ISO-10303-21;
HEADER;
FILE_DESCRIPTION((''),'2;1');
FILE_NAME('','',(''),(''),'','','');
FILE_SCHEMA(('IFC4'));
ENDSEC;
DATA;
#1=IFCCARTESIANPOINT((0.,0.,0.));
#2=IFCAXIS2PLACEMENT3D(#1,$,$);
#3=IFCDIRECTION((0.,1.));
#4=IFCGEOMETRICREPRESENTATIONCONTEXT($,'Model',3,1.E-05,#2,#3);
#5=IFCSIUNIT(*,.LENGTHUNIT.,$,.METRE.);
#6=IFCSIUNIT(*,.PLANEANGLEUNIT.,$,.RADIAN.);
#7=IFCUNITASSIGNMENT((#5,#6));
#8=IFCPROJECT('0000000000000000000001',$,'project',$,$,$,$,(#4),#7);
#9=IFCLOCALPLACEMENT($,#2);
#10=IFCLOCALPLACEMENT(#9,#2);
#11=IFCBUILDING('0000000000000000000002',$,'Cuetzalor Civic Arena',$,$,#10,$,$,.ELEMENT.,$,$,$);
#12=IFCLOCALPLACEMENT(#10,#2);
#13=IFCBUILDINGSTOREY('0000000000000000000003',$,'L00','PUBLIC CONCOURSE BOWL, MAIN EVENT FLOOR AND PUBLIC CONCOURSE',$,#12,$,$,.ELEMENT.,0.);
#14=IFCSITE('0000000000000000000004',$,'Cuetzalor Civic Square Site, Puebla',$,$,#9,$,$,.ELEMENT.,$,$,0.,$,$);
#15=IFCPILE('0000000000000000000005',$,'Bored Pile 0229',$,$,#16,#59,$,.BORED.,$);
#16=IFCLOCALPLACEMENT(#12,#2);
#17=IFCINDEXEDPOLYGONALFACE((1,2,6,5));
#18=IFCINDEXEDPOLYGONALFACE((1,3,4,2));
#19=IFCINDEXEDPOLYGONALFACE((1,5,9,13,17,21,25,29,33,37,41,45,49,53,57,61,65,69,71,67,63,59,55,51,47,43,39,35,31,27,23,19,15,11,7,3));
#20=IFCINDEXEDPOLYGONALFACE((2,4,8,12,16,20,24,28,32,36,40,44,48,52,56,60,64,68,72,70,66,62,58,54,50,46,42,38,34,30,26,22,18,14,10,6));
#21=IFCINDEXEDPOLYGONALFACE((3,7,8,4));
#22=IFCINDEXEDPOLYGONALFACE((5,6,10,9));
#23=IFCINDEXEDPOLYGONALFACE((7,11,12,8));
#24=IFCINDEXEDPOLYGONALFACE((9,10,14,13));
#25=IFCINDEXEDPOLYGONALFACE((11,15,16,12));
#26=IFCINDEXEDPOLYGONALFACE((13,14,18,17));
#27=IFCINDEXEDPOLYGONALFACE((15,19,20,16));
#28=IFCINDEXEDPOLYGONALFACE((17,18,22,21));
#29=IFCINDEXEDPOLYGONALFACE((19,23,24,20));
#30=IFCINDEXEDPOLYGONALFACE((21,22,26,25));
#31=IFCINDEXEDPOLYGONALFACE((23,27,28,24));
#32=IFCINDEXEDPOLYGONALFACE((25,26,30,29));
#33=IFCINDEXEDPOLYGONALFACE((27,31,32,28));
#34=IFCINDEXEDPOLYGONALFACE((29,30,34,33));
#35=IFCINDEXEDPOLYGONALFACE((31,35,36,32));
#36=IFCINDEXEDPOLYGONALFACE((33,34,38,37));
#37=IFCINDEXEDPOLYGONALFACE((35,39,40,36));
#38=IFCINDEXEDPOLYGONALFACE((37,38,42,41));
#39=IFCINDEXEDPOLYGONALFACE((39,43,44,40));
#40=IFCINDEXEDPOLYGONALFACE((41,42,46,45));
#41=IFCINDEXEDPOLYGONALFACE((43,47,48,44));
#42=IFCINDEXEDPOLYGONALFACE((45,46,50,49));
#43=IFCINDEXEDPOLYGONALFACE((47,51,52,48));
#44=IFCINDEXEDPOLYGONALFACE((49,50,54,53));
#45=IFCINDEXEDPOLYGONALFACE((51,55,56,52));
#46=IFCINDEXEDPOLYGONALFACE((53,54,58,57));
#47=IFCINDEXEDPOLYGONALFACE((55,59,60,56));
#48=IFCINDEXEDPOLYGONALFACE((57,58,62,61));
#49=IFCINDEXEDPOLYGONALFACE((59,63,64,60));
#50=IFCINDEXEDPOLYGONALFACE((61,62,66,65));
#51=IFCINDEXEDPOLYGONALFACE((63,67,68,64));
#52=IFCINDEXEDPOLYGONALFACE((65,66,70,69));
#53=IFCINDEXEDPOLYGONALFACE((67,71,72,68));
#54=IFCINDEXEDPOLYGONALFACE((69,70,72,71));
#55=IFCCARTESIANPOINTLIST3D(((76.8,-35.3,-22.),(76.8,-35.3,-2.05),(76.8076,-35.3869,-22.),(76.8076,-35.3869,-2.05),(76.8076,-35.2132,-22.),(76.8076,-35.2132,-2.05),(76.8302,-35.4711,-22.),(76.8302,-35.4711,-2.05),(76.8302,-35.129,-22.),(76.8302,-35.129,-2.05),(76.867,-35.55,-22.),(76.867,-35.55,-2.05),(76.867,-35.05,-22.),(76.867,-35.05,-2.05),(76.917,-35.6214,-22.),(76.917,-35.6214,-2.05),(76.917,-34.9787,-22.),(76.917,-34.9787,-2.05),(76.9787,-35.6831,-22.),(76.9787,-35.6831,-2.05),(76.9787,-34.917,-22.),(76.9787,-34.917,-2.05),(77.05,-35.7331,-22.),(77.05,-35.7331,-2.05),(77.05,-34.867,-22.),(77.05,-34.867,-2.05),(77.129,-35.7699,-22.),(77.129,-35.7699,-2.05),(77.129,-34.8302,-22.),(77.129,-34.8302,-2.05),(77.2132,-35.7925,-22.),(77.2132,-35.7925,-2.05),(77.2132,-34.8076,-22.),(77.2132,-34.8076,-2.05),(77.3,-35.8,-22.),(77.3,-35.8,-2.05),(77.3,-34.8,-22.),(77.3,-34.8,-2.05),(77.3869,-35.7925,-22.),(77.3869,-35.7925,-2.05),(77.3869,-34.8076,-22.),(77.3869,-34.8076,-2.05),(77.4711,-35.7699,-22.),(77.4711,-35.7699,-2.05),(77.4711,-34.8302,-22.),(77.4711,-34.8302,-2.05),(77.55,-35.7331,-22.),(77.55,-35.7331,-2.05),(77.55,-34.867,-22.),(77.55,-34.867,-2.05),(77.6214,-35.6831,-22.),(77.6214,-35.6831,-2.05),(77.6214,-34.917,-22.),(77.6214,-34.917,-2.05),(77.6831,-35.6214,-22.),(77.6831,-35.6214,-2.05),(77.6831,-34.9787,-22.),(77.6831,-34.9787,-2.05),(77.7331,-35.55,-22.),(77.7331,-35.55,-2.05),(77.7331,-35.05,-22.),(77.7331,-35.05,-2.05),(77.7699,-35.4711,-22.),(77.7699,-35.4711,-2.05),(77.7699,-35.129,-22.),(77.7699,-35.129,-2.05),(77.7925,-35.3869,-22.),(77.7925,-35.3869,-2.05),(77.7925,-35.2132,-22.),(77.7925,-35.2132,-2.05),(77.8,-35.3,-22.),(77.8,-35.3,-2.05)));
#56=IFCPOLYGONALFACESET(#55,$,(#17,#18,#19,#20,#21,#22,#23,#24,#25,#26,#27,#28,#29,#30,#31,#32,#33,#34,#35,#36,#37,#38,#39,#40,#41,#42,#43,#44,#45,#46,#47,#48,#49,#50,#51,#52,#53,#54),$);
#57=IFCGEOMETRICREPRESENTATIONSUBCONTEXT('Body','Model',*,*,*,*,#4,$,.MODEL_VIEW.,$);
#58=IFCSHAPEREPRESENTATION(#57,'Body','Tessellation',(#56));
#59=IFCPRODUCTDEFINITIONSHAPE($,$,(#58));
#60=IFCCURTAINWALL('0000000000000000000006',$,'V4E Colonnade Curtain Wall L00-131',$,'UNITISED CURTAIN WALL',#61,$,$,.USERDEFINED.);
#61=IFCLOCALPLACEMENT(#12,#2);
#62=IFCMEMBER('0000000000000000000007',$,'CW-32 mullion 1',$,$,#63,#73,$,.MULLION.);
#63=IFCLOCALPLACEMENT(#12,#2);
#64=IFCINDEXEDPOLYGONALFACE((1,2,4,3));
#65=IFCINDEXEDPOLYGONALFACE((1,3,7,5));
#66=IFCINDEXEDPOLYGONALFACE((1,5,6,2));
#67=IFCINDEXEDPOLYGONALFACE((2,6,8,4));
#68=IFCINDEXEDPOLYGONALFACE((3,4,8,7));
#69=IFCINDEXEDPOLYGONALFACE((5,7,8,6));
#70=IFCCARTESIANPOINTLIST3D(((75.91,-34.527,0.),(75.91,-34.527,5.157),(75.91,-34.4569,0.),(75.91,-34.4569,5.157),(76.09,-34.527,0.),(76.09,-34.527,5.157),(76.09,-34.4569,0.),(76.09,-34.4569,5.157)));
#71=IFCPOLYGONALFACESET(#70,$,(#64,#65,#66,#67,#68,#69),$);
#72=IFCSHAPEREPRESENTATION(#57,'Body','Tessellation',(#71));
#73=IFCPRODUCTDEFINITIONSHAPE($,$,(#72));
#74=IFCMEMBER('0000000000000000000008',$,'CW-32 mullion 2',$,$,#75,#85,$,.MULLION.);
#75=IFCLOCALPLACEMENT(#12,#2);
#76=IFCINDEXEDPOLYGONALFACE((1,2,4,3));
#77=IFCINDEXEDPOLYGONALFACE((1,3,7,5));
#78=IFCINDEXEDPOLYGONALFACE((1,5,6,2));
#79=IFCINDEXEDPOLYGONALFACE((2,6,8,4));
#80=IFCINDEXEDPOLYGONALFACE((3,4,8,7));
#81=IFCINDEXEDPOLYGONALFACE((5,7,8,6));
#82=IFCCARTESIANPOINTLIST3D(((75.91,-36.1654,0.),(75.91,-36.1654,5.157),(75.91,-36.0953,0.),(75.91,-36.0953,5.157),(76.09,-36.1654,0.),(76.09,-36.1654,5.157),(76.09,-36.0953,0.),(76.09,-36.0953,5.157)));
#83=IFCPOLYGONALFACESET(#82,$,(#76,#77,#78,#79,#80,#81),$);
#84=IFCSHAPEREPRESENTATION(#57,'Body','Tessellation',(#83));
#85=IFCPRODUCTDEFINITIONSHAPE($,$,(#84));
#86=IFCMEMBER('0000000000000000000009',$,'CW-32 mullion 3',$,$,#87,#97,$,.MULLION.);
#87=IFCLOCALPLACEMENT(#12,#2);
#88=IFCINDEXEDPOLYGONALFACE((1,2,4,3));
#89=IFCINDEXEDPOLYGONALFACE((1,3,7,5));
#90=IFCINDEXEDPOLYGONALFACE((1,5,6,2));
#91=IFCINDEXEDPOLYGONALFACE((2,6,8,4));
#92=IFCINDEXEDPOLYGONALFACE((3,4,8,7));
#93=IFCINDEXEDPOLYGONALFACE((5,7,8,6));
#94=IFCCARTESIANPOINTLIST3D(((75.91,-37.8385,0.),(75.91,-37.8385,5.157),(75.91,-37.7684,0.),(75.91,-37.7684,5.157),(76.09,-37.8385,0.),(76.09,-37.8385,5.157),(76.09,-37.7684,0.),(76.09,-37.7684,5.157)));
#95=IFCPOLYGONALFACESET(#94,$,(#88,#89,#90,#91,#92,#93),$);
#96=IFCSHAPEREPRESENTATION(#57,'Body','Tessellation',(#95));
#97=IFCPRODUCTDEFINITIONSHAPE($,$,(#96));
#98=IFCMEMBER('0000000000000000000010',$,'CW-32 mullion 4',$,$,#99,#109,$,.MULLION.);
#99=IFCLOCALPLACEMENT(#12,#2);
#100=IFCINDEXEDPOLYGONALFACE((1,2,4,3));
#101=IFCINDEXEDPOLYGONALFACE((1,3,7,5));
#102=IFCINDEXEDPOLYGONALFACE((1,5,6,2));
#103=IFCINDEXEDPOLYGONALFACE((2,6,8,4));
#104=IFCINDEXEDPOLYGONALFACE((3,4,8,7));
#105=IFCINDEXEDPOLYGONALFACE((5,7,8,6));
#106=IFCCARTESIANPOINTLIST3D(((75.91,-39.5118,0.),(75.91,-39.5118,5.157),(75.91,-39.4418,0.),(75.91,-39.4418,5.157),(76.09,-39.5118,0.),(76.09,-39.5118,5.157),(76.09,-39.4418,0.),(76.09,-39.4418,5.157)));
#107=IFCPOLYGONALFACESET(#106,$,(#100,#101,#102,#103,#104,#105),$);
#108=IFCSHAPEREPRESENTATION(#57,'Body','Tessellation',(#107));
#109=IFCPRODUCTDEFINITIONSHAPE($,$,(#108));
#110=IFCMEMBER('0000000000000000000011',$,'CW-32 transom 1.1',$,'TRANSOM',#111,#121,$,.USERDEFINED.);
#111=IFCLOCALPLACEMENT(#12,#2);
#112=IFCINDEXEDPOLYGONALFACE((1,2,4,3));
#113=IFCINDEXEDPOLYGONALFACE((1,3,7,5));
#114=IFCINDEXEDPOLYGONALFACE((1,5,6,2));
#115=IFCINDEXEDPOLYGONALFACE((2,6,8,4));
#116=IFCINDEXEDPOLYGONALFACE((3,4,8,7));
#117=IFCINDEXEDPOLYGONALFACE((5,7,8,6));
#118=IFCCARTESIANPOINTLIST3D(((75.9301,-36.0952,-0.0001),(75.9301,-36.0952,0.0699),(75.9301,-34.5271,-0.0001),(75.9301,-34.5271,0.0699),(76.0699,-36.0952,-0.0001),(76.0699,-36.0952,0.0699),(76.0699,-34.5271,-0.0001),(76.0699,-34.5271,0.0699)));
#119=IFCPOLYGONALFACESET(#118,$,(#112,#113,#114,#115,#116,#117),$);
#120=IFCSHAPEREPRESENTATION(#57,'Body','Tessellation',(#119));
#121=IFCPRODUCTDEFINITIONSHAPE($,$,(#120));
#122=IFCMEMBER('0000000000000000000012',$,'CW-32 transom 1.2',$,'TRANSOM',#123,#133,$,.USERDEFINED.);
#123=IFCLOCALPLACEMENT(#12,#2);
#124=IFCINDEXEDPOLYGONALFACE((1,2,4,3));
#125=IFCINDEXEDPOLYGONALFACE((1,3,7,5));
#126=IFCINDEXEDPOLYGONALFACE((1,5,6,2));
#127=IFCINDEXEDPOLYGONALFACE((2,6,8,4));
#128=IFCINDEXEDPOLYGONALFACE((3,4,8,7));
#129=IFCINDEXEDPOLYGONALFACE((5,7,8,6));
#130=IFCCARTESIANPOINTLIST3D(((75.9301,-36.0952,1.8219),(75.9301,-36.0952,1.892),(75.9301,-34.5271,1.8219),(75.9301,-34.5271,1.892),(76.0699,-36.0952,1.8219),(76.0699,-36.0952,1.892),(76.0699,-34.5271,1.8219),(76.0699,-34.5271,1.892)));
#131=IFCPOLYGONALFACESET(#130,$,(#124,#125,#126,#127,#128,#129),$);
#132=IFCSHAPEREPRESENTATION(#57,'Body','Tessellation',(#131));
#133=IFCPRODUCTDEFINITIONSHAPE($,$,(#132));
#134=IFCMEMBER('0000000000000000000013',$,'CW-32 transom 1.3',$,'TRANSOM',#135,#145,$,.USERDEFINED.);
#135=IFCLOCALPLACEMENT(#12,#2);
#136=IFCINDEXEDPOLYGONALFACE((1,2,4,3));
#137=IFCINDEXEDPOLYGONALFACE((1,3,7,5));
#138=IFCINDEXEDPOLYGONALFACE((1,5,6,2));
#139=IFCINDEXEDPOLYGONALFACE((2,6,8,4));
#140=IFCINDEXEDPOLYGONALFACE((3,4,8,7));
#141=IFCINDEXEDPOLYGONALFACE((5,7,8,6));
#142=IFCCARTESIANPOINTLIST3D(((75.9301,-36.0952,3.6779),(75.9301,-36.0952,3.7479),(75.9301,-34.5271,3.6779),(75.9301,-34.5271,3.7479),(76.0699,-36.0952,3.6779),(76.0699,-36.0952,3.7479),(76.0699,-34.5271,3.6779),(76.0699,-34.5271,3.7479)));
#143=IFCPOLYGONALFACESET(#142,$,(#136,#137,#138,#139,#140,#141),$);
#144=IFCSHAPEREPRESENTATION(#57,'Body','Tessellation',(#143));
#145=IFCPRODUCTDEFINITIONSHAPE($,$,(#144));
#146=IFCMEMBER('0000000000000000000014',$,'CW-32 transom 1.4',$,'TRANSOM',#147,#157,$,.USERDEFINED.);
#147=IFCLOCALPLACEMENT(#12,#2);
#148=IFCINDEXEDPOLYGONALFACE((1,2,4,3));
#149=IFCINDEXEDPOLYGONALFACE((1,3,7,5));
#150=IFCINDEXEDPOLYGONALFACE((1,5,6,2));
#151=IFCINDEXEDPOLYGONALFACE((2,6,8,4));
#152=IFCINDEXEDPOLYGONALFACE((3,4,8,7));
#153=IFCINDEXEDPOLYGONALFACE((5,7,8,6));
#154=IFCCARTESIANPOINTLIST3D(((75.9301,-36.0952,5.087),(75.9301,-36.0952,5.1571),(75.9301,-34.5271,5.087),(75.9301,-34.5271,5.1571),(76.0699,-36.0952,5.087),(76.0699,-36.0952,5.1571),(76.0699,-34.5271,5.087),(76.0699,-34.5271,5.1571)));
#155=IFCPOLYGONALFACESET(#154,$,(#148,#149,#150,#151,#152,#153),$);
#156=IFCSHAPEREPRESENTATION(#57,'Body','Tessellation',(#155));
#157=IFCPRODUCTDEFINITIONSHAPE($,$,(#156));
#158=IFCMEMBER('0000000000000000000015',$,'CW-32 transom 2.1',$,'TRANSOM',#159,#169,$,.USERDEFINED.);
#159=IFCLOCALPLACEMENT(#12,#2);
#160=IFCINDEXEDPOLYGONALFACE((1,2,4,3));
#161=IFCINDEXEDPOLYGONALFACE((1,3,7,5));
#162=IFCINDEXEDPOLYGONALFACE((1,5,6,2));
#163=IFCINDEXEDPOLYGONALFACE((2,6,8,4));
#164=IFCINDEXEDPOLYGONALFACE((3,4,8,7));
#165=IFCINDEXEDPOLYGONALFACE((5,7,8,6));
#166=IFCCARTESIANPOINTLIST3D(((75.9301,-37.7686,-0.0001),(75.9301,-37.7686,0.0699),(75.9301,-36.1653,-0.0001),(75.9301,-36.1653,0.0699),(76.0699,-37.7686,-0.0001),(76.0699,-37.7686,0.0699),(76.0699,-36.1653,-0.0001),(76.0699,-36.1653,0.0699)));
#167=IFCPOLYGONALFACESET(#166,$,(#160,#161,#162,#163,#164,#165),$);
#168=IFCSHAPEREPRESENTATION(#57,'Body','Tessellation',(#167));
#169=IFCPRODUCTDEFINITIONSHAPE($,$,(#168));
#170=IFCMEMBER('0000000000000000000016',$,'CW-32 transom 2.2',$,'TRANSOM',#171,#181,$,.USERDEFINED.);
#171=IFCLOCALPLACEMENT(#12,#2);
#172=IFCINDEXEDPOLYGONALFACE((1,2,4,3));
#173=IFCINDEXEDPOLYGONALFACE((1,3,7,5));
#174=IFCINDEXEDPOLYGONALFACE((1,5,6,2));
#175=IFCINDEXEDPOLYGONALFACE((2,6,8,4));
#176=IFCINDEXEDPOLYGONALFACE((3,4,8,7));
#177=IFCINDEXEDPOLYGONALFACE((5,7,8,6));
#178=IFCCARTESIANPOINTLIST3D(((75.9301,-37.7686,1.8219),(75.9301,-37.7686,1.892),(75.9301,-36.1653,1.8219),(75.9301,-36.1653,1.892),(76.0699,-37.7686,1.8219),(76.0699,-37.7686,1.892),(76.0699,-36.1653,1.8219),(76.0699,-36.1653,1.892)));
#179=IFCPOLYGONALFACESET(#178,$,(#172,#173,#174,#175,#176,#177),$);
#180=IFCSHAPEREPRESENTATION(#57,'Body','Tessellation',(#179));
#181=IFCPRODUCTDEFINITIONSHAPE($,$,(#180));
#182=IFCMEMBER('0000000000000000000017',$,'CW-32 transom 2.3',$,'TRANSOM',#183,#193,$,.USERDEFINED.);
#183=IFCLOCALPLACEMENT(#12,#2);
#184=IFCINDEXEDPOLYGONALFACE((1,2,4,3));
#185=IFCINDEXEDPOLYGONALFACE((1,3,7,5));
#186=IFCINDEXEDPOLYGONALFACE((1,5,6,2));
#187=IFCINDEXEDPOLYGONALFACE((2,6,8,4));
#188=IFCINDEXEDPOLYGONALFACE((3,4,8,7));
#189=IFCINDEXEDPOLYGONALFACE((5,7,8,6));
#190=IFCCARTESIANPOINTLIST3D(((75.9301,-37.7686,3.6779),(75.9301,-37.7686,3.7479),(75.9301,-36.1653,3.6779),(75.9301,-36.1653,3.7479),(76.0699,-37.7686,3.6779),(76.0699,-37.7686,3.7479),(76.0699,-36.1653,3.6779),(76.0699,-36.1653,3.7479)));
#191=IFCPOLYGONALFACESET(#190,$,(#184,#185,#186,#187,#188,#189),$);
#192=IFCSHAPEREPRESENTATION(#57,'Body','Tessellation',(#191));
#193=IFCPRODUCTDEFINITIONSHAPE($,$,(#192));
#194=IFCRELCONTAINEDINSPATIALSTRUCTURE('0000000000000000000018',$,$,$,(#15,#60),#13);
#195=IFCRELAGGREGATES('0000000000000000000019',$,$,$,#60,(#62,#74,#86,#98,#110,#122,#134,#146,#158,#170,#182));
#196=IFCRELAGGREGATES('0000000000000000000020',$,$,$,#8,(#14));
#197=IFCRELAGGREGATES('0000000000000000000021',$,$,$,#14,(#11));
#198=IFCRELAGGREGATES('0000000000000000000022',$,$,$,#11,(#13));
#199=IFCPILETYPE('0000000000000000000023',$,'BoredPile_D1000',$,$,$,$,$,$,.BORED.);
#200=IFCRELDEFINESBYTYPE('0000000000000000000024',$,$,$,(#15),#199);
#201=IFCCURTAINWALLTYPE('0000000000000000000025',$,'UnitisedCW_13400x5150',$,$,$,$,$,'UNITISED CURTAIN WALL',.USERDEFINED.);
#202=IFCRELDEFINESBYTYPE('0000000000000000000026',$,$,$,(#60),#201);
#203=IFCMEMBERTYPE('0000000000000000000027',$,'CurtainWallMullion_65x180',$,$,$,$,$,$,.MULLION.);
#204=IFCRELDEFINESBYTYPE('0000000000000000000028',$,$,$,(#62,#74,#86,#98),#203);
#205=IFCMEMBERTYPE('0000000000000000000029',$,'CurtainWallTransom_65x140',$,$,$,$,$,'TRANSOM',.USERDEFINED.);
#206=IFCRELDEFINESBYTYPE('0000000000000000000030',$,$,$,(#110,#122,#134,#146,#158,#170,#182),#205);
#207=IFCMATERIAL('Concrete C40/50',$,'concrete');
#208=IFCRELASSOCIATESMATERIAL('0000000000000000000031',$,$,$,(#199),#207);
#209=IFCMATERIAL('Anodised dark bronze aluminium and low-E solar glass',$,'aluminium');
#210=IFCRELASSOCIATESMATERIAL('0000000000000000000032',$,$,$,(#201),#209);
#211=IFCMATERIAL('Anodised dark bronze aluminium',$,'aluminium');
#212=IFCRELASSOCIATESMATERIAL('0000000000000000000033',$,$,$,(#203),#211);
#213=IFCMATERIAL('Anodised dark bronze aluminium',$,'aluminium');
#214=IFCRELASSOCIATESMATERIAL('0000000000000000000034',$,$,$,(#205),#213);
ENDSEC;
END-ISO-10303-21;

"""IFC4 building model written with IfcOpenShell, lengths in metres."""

from ifc_helpers import new_model, si_unit, direction, frame, origin, origin_2d, place, context, subcontext, project, spatial, rectangle, circle, extrude, material, material_profile, profile_set, type_object, element, aggregate, save


model = new_model("IFC4")

# Units and contexts
model_context = context("Model", 3, precision=1e-05, world=origin(), true_north=direction((0.0, 1.0)))
body_context = subcontext(model_context, "Body", "Model", "MODEL_VIEW")
ifc_project = project(units=[si_unit("LENGTHUNIT", "METRE"), si_unit("PLANEANGLEUNIT", "RADIAN")], contexts=[model_context])

# Site, building, storey
site_placement = place(None, origin())
site = spatial("IfcSite", under=ifc_project, at=site_placement, Name="Cuetzalor Civic Square Site, Puebla", CompositionType="ELEMENT", RefElevation=0.0)
building_placement = place(site_placement, origin())
building = spatial("IfcBuilding", under=site, at=building_placement, Name="Cuetzalor Civic Arena", CompositionType="ELEMENT")
storey_placement = place(building_placement, origin())
storey = spatial("IfcBuildingStorey", under=building, at=storey_placement, Name="L00", Description="PUBLIC CONCOURSE BOWL, MAIN EVENT FLOOR AND PUBLIC CONCOURSE", CompositionType="ELEMENT", Elevation=0.0)

# Pile
ifc_material_1 = material(Name="Concrete C40/50", Category="concrete")
ifc_material_profile_1 = material_profile(ifc_material_1, circle(Radius=0.5, at=origin_2d()), Name="BORED PILE D1000")
ifc_profile_set_1 = profile_set([ifc_material_profile_1], Name="Concrete C40/50")
pile_type = type_object("IfcPileType", Name="BoredPile_D1000", PredefinedType="BORED", material=ifc_profile_set_1)
pile_placement = place(storey_placement, frame((77.3, -35.3, -2.05), z_axis=(0.0, 0.0, -1.0), x_axis=(1.0, 0.0, 0.0)))
element("IfcPile", 1, at=pile_placement, inside=storey, type_object=pile_type, Name="Bored Pile 0229", PredefinedType="BORED", context=body_context, shape_type="SweptSolid", body=[
    extrude(circle(Radius=0.5, at=origin_2d()), origin(), (0.0, 0.0, 1.0), 19.95),
])

# Curtain wall, members
ifc_material_2 = material(Name="Anodised dark bronze aluminium and low-E solar glass", Category="aluminium")
curtain_wall_type = type_object("IfcCurtainWallType", Name="UnitisedCW_13400x5150", ElementType="UNITISED CURTAIN WALL", PredefinedType="USERDEFINED", material=ifc_material_2)
curtain_wall_placement = place(storey_placement, origin())
curtain_wall = element("IfcCurtainWall", 2, at=curtain_wall_placement, inside=storey, type_object=curtain_wall_type, Name="V4E Colonnade Curtain Wall L00-131", ObjectType="UNITISED CURTAIN WALL", PredefinedType="USERDEFINED")
ifc_material_3 = material(Name="Anodised dark bronze aluminium", Category="aluminium")
ifc_material_profile_2 = material_profile(ifc_material_3, rectangle(XDim=0.0701, YDim=0.1799, at=origin_2d()), Name="ALU MULLION 70x180")
ifc_profile_set_2 = profile_set([ifc_material_profile_2], Name="Anodised dark bronze aluminium")
member_type_1 = type_object("IfcMemberType", Name="CurtainWallMullion_65x180", PredefinedType="MULLION", material=ifc_profile_set_2)
member_1_placement = place(storey_placement, frame((76.0, -34.4919, 0.0), z_axis=(0.0, 0.0, 1.0), x_axis=(0.0, -1.0, 0.0)))
member_1 = element("IfcMember", 3, at=member_1_placement, type_object=member_type_1, Name="CW-32 mullion 1", PredefinedType="MULLION", context=body_context, shape_type="SweptSolid", body=[
    extrude(rectangle(XDim=0.0701, YDim=0.1799, at=origin_2d()), origin(), (0.0, 0.0, 1.0), 5.157),
])
member_2_placement = place(storey_placement, frame((76.0, -36.1304, 0.0), z_axis=(0.0, 0.0, 1.0), x_axis=(0.0, -1.0, 0.0)))
member_2 = element("IfcMember", 4, at=member_2_placement, type_object=member_type_1, Name="CW-32 mullion 2", PredefinedType="MULLION", context=body_context, shape_type="SweptSolid", body=[
    extrude(rectangle(XDim=0.0701, YDim=0.1799, at=origin_2d()), origin(), (0.0, 0.0, 1.0), 5.157),
])
member_3_placement = place(storey_placement, frame((76.0, -37.8035, 0.0), z_axis=(0.0, 0.0, 1.0), x_axis=(0.0, -1.0, 0.0)))
member_3 = element("IfcMember", 5, at=member_3_placement, type_object=member_type_1, Name="CW-32 mullion 3", PredefinedType="MULLION", context=body_context, shape_type="SweptSolid", body=[
    extrude(rectangle(XDim=0.0701, YDim=0.1799, at=origin_2d()), origin(), (0.0, 0.0, 1.0), 5.157),
])
member_4_placement = place(storey_placement, frame((76.0, -39.4768, 0.0), z_axis=(0.0, 0.0, 1.0), x_axis=(0.0, -1.0, 0.0)))
member_4 = element("IfcMember", 6, at=member_4_placement, type_object=member_type_1, Name="CW-32 mullion 4", PredefinedType="MULLION", context=body_context, shape_type="SweptSolid", body=[
    extrude(rectangle(XDim=0.0701, YDim=0.1799, at=origin_2d()), origin(), (0.0, 0.0, 1.0), 5.157),
])
ifc_material_4 = material(Name="Anodised dark bronze aluminium", Category="aluminium")
ifc_material_profile_3 = material_profile(ifc_material_4, rectangle(XDim=0.1399, YDim=0.0701, at=origin_2d()), Name="ALU TRANSOM 70x140")
ifc_profile_set_3 = profile_set([ifc_material_profile_3], Name="Anodised dark bronze aluminium")
member_type_2 = type_object("IfcMemberType", Name="CurtainWallTransom_65x140", ElementType="TRANSOM", PredefinedType="USERDEFINED", material=ifc_profile_set_3)
member_5_placement = place(storey_placement, frame((76.0, -34.5271, 0.0349), z_axis=(0.0, -1.0, 0.0), x_axis=(1.0, 0.0, 0.0)))
member_5 = element("IfcMember", 7, at=member_5_placement, type_object=member_type_2, Name="CW-32 transom 1.1", ObjectType="TRANSOM", PredefinedType="USERDEFINED", context=body_context, shape_type="SweptSolid", body=[
    extrude(rectangle(XDim=0.1399, YDim=0.0701, at=origin_2d()), origin(), (0.0, 0.0, 1.0), 1.5681),
])
member_6_placement = place(storey_placement, frame((76.0, -34.5271, 1.8569), z_axis=(0.0, -1.0, 0.0), x_axis=(1.0, 0.0, 0.0)))
member_6 = element("IfcMember", 8, at=member_6_placement, type_object=member_type_2, Name="CW-32 transom 1.2", ObjectType="TRANSOM", PredefinedType="USERDEFINED", context=body_context, shape_type="SweptSolid", body=[
    extrude(rectangle(XDim=0.1399, YDim=0.0701, at=origin_2d()), origin(), (0.0, 0.0, 1.0), 1.5681),
])
member_7_placement = place(storey_placement, frame((76.0, -34.5271, 3.7129), z_axis=(0.0, -1.0, 0.0), x_axis=(1.0, 0.0, 0.0)))
member_7 = element("IfcMember", 9, at=member_7_placement, type_object=member_type_2, Name="CW-32 transom 1.3", ObjectType="TRANSOM", PredefinedType="USERDEFINED", context=body_context, shape_type="SweptSolid", body=[
    extrude(rectangle(XDim=0.1399, YDim=0.0701, at=origin_2d()), origin(), (0.0, 0.0, 1.0), 1.5681),
])
member_8_placement = place(storey_placement, frame((76.0, -34.5271, 5.1221), z_axis=(0.0, -1.0, 0.0), x_axis=(1.0, 0.0, 0.0)))
member_8 = element("IfcMember", 10, at=member_8_placement, type_object=member_type_2, Name="CW-32 transom 1.4", ObjectType="TRANSOM", PredefinedType="USERDEFINED", context=body_context, shape_type="SweptSolid", body=[
    extrude(rectangle(XDim=0.1399, YDim=0.0701, at=origin_2d()), origin(), (0.0, 0.0, 1.0), 1.5681),
])
member_9_placement = place(storey_placement, frame((76.0, -36.1653, 0.0349), z_axis=(0.0, -1.0, 0.0), x_axis=(1.0, 0.0, 0.0)))
member_9 = element("IfcMember", 11, at=member_9_placement, type_object=member_type_2, Name="CW-32 transom 2.1", ObjectType="TRANSOM", PredefinedType="USERDEFINED", context=body_context, shape_type="SweptSolid", body=[
    extrude(rectangle(XDim=0.1399, YDim=0.0701, at=origin_2d()), origin(), (0.0, 0.0, 1.0), 1.6033),
])
member_10_placement = place(storey_placement, frame((76.0, -36.1653, 1.8569), z_axis=(0.0, -1.0, 0.0), x_axis=(1.0, 0.0, 0.0)))
member_10 = element("IfcMember", 12, at=member_10_placement, type_object=member_type_2, Name="CW-32 transom 2.2", ObjectType="TRANSOM", PredefinedType="USERDEFINED", context=body_context, shape_type="SweptSolid", body=[
    extrude(rectangle(XDim=0.1399, YDim=0.0701, at=origin_2d()), origin(), (0.0, 0.0, 1.0), 1.6033),
])
member_11_placement = place(storey_placement, frame((76.0, -36.1653, 3.7129), z_axis=(0.0, -1.0, 0.0), x_axis=(1.0, 0.0, 0.0)))
member_11 = element("IfcMember", 13, at=member_11_placement, type_object=member_type_2, Name="CW-32 transom 2.3", ObjectType="TRANSOM", PredefinedType="USERDEFINED", context=body_context, shape_type="SweptSolid", body=[
    extrude(rectangle(XDim=0.1399, YDim=0.0701, at=origin_2d()), origin(), (0.0, 0.0, 1.0), 1.6033),
])
aggregate(curtain_wall, [member_1, member_2, member_3, member_4, member_5, member_6, member_7, member_8, member_9, member_10, member_11])

save(model, "model.ifc")
